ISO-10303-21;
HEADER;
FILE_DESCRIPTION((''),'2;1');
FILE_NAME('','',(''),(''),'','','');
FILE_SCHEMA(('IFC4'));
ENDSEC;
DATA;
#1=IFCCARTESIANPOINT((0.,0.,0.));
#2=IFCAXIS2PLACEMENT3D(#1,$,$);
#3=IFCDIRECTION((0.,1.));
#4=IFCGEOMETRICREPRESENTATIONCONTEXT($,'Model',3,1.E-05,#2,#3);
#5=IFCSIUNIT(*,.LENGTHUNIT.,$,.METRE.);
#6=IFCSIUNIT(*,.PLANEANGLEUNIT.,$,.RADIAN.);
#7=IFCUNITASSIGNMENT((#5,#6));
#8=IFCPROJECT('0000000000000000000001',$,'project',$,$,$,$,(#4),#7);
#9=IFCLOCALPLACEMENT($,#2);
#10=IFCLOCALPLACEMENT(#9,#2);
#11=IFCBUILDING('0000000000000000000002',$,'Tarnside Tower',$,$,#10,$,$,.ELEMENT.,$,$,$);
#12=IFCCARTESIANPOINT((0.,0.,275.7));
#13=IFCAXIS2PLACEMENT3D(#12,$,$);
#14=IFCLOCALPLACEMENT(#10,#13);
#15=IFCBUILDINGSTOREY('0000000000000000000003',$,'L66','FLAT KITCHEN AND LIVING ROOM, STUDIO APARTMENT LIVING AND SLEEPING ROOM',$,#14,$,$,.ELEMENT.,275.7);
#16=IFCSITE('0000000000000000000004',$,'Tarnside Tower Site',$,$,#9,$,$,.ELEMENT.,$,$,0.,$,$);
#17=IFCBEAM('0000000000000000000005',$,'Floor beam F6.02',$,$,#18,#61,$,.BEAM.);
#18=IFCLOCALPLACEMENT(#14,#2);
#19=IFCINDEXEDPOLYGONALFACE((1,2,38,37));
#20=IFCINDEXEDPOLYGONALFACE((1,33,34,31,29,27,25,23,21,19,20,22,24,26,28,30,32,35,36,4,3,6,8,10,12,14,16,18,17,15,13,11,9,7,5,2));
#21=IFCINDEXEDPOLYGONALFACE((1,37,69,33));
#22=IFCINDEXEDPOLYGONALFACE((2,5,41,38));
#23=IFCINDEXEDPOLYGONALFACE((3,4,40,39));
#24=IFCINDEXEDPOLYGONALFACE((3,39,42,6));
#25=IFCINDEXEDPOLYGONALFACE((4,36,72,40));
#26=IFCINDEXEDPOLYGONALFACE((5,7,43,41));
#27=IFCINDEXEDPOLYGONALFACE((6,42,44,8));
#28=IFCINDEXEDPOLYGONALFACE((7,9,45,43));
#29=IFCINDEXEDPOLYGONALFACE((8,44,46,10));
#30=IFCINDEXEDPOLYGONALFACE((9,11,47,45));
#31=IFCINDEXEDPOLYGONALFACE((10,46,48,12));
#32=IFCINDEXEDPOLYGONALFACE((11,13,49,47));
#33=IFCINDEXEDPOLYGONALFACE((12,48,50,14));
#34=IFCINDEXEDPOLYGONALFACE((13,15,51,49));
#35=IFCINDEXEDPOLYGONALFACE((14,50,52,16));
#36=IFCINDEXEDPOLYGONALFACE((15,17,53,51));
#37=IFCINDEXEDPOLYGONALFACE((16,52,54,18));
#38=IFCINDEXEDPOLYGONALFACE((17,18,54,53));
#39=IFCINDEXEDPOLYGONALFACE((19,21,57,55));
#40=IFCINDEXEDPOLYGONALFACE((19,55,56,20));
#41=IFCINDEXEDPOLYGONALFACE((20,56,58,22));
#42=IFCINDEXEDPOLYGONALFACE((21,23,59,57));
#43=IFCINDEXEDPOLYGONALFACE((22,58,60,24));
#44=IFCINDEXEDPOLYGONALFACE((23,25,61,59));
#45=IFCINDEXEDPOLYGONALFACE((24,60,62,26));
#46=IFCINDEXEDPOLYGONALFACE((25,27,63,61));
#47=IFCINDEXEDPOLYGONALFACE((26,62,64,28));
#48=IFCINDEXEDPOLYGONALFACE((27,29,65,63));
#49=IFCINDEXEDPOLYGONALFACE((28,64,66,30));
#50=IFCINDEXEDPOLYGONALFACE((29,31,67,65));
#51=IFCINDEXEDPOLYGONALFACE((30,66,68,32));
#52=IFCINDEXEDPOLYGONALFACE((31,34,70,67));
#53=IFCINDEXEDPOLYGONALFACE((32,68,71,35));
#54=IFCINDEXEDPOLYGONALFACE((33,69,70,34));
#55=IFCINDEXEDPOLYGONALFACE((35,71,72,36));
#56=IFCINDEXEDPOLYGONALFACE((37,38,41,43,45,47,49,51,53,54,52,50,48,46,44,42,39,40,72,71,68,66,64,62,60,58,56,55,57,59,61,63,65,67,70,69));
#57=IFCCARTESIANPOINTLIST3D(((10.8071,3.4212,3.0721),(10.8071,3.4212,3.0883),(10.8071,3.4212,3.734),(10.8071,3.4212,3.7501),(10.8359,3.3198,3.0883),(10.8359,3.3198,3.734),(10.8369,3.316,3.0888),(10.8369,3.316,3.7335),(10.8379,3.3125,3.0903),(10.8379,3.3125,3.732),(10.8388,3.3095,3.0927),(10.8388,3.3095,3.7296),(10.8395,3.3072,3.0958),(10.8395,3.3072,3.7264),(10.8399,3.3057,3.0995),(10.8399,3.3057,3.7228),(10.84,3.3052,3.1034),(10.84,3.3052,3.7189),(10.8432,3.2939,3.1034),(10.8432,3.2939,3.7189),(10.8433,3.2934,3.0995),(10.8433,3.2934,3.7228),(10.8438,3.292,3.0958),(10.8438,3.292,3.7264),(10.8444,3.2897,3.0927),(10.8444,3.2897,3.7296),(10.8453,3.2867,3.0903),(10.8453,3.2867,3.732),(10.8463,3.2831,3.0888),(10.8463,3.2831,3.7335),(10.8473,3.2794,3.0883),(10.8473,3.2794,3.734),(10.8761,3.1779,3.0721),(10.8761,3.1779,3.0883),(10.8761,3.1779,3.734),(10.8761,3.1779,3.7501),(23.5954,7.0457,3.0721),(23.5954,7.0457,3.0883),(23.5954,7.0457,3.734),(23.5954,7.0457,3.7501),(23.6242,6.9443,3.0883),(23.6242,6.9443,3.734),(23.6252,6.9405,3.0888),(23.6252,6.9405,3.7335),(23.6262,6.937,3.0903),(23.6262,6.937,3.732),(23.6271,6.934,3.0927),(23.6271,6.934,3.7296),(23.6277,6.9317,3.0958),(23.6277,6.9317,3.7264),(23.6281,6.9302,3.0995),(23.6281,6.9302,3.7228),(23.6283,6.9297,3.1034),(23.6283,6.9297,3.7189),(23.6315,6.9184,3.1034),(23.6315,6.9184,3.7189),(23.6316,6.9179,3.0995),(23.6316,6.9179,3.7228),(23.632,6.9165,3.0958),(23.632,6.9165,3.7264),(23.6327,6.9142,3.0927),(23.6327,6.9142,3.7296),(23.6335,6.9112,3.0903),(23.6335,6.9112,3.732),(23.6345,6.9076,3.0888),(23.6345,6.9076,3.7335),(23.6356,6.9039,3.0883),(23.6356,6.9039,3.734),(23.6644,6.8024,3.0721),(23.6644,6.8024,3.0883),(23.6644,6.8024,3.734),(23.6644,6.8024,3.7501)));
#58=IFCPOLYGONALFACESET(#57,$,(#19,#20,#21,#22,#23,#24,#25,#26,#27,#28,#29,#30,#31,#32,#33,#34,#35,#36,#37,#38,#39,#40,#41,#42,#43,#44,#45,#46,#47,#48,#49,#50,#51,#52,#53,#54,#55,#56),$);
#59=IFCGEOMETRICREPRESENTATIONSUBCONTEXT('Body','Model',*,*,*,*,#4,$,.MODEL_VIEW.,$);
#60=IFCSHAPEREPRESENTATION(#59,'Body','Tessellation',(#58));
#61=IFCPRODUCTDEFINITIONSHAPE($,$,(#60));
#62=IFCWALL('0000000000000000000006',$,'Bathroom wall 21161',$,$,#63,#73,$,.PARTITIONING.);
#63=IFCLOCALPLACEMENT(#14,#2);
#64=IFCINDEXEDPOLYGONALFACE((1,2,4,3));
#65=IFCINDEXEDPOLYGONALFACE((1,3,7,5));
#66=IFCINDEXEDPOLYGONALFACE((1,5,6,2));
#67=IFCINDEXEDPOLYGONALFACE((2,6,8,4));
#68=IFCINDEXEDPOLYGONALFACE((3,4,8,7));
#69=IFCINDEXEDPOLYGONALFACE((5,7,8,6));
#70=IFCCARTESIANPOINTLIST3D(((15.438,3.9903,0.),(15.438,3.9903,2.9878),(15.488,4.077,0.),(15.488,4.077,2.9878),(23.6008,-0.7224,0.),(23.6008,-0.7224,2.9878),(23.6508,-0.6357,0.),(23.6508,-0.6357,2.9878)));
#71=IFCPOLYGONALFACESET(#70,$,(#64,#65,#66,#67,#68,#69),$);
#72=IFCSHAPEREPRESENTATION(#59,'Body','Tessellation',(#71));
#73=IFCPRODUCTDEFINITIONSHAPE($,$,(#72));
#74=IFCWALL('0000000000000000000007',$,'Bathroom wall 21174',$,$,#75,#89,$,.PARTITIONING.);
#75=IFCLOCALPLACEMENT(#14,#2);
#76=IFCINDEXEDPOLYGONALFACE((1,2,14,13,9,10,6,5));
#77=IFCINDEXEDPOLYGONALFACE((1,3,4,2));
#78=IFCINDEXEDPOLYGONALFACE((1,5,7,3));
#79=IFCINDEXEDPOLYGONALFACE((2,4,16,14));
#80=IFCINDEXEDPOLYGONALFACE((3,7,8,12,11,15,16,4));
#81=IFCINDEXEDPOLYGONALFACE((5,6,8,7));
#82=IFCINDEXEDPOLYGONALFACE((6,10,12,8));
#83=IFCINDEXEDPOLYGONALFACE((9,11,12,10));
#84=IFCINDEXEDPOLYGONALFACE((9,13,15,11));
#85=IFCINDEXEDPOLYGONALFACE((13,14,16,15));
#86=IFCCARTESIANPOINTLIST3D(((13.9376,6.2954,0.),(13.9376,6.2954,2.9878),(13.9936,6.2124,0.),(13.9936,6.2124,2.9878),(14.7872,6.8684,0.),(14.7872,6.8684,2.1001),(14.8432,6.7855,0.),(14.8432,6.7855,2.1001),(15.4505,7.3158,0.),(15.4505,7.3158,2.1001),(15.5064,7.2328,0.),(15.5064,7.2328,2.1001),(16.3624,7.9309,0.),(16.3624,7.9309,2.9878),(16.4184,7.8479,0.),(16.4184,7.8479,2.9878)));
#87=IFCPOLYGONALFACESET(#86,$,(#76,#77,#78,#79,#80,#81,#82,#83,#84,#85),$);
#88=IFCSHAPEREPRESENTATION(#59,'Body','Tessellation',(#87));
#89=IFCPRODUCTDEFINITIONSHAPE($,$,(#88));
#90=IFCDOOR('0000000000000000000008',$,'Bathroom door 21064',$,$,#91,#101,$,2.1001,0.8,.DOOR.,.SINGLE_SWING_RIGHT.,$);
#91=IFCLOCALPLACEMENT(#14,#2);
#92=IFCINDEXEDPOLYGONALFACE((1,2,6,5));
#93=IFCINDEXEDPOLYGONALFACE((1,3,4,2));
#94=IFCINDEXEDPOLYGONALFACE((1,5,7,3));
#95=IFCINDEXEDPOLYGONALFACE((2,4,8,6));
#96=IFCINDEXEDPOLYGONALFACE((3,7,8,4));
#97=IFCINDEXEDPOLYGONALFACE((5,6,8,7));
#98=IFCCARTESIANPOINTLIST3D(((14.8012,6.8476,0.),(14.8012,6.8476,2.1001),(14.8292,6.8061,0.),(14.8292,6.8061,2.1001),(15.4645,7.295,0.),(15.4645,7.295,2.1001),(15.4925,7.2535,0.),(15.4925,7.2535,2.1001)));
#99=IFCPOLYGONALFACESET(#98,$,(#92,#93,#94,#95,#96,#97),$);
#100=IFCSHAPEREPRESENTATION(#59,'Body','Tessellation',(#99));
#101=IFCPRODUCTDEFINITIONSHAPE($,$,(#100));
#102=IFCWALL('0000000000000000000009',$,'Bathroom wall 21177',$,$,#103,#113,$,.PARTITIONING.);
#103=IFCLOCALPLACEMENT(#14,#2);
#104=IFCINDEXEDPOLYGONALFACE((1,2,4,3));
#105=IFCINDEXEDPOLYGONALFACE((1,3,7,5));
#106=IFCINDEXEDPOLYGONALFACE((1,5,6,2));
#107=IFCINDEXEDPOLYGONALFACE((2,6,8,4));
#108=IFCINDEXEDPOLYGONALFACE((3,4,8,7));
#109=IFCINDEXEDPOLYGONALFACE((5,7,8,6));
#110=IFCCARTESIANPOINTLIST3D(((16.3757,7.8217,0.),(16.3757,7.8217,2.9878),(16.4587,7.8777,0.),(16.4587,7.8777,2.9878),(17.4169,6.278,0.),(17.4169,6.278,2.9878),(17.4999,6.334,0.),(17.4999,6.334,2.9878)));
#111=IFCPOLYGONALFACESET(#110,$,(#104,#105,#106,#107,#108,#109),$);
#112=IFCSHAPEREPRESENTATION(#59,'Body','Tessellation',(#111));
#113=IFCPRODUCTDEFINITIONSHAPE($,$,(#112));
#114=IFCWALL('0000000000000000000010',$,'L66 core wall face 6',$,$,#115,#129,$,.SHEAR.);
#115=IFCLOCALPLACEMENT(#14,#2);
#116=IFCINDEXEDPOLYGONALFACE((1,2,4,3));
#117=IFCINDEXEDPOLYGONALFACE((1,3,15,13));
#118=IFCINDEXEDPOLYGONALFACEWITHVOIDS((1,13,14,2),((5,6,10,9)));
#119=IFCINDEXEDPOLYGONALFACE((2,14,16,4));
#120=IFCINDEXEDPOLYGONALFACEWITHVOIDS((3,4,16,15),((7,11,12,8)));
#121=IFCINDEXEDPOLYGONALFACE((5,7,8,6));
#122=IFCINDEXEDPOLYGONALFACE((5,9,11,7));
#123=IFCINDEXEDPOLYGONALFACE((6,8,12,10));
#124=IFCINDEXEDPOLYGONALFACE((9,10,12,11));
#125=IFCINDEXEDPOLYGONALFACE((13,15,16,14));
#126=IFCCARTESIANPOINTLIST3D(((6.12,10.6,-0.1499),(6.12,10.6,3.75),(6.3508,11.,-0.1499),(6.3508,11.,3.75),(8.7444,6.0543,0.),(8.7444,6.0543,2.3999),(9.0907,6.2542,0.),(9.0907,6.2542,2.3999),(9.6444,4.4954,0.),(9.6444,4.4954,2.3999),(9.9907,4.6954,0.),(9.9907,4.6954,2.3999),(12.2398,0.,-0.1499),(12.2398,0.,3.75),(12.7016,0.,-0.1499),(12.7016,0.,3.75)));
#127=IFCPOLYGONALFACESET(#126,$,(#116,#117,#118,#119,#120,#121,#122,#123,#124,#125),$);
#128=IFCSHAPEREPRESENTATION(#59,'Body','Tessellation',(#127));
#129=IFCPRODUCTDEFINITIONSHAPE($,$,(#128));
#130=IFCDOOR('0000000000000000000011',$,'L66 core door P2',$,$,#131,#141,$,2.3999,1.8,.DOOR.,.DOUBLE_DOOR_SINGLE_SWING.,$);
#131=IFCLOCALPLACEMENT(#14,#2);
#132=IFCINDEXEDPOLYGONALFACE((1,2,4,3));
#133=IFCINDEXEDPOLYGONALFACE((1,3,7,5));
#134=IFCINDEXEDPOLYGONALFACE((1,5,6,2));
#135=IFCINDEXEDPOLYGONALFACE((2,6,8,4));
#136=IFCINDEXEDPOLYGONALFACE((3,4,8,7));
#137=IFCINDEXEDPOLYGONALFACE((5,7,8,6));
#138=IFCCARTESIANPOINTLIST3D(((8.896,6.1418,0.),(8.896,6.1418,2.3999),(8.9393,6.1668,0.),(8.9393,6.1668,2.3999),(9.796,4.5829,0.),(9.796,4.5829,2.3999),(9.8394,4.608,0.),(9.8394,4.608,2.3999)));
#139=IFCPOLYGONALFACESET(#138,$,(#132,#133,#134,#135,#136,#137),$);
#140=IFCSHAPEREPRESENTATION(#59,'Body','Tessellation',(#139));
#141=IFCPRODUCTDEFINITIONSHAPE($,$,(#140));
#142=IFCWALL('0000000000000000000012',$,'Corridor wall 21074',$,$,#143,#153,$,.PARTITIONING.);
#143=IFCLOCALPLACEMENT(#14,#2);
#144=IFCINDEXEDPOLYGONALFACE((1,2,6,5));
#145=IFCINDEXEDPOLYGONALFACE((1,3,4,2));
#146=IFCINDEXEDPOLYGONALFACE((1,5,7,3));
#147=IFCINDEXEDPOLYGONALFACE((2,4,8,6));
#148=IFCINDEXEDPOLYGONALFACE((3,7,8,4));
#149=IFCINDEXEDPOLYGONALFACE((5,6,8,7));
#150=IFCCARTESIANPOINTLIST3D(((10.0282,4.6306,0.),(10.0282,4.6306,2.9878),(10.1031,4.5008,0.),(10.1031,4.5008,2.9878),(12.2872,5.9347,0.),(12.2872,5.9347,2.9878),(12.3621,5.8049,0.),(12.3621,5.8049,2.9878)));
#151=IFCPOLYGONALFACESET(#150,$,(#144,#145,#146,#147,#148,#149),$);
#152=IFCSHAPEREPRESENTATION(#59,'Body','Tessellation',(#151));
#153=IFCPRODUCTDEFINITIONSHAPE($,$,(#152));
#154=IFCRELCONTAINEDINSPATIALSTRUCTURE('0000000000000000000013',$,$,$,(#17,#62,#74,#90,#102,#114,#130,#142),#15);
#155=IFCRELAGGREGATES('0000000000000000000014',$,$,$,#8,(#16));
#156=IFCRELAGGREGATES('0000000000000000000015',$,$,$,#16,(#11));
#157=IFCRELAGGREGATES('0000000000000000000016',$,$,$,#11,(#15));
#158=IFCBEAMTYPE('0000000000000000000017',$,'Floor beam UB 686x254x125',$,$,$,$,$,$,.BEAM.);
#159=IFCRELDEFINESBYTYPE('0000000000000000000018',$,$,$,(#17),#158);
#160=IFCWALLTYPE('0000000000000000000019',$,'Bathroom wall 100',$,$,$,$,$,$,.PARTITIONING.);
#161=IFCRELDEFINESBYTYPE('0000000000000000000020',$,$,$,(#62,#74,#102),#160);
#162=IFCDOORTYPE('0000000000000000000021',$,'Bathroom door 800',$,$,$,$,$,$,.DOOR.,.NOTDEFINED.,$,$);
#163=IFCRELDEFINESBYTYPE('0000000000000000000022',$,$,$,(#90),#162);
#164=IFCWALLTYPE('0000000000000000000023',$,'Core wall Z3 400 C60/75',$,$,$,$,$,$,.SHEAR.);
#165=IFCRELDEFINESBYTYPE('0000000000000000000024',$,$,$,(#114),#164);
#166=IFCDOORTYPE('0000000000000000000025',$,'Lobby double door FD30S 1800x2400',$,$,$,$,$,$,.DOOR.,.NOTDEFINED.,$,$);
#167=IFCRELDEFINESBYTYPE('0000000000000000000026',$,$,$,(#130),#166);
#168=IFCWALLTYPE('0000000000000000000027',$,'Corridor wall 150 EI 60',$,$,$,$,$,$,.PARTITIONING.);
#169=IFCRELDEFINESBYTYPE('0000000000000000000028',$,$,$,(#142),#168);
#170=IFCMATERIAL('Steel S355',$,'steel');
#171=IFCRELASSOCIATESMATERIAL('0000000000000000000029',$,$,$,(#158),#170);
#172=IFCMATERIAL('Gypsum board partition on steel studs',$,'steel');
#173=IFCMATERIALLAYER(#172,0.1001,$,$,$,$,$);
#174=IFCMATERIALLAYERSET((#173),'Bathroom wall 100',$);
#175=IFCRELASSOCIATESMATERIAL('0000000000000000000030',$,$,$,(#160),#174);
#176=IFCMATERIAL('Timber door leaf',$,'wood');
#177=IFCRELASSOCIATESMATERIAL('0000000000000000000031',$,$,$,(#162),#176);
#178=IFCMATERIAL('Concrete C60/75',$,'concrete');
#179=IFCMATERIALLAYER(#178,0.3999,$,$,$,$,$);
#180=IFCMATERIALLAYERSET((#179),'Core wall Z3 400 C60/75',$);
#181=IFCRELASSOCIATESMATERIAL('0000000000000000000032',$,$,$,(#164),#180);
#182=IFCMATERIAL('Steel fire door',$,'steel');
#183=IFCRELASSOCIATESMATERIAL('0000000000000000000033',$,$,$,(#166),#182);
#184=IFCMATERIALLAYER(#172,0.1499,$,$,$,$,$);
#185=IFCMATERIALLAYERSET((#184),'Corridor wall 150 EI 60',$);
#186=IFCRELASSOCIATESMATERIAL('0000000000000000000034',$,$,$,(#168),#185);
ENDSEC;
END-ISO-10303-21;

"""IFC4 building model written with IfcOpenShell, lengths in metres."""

from ifc_helpers import new_model, si_unit, direction, frame, frame_2d, origin, origin_2d, place, context, subcontext, project, spatial, polyline, rectangle, i_section, outline, extrude, material, layer, layer_set, material_profile, profile_set, type_object, element, fill, save


model = new_model("IFC4")

# Units and contexts
model_context = context("Model", 3, precision=1e-05, world=origin(), true_north=direction((0.0, 1.0)))
body_context = subcontext(model_context, "Body", "Model", "MODEL_VIEW")
ifc_project = project(units=[si_unit("LENGTHUNIT", "METRE"), si_unit("PLANEANGLEUNIT", "RADIAN")], contexts=[model_context])

# Site, building, storey
site_placement = place(None, origin())
site = spatial("IfcSite", under=ifc_project, at=site_placement, Name="Tarnside Tower Site", CompositionType="ELEMENT", RefElevation=0.0)
building_placement = place(site_placement, origin())
building = spatial("IfcBuilding", under=site, at=building_placement, Name="Tarnside Tower", CompositionType="ELEMENT")
storey_placement = place(building_placement, frame((0.0, 0.0, 275.7)))
storey = spatial("IfcBuildingStorey", under=building, at=storey_placement, Name="L66", Description="FLAT KITCHEN AND LIVING ROOM, STUDIO APARTMENT LIVING AND SLEEPING ROOM", CompositionType="ELEMENT", Elevation=275.7)

# Beam
ifc_material_1 = material(Name="Steel S355", Category="steel")
ifc_material_profile = material_profile(ifc_material_1, i_section(OverallWidth=0.2529, OverallDepth=0.678, WebThickness=0.0117, FlangeThickness=0.0161, FilletRadius=0.0151, at=origin_2d()), Name="UB 686x254x125")
ifc_profile_set = profile_set([ifc_material_profile], Name="Steel S355")
beam_type = type_object("IfcBeamType", Name="Floor beam UB 686x254x125", PredefinedType="BEAM", material=ifc_profile_set)
beam_placement = place(storey_placement, frame((23.6299, 6.9241, 3.4111), z_axis=(-0.962104, -0.272683, 0.0), x_axis=(0.272683, -0.962104, 0.0)))
element("IfcBeam", 1, at=beam_placement, inside=storey, type_object=beam_type, Name="Floor beam F6.02", PredefinedType="BEAM", context=body_context, shape_type="SweptSolid", body=[
    extrude(i_section(OverallWidth=0.2529, OverallDepth=0.678, WebThickness=0.0117, FlangeThickness=0.0161, FilletRadius=0.0151, at=origin_2d()), origin(), (0.0, 0.0, 1.0), 13.292),
])

# Wall
ifc_material_2 = material(Name="Gypsum board partition on steel studs", Category="steel")
ifc_layer_1 = layer(ifc_material_2, 0.1001)
ifc_layer_set_1 = layer_set([ifc_layer_1], Name="Bathroom wall 100")
wall_type_1 = type_object("IfcWallType", Name="Bathroom wall 100", PredefinedType="PARTITIONING", material=ifc_layer_set_1)
wall_1_placement = place(storey_placement, frame((15.4629, 4.0337, 0.0), z_axis=(0.0, 0.0, 1.0), x_axis=(0.866033, -0.499986, 0.0)))
element("IfcWall", 2, at=wall_1_placement, inside=storey, type_object=wall_type_1, Name="Bathroom wall 21161", PredefinedType="PARTITIONING", context=body_context, shape_type="SweptSolid", body=[
    extrude(rectangle(XDim=9.4255, YDim=0.1001, at=frame_2d((4.7129, 0.0))), origin(), (0.0, 0.0, 1.0), 2.9878),
])

# Wall, opening, door
wall_2_placement = place(storey_placement, frame((13.9656, 6.2539, 0.0), z_axis=(0.0, 0.0, 1.0), x_axis=(0.829046, 0.55918, 0.0)))
wall_2 = element("IfcWall", 3, at=wall_2_placement, inside=storey, type_object=wall_type_1, Name="Bathroom wall 21174", PredefinedType="PARTITIONING", context=body_context, shape_type="SweptSolid", body=[
    extrude(rectangle(XDim=2.9248, YDim=0.1001, at=frame_2d((1.4624, 0.0))), origin(), (0.0, 0.0, 1.0), 2.9878),
])
opening_1_placement = place(wall_2_placement, frame((1.0249, 0.0, 0.0)))
opening_1 = element("IfcOpeningElement", 4, at=opening_1_placement, cuts=wall_2, PredefinedType="OPENING", context=body_context, shape_type="SweptSolid", body=[
    extrude(rectangle(XDim=0.8, YDim=2.1001, at=frame_2d((0.3999, 1.05))), frame((0.0, 0.0601, 0.0), z_axis=(0.0, -1.0, 0.0), x_axis=(1.0, 0.0, 0.0)), (0.0, 0.0, 1.0), 0.1201),
])
ifc_material_3 = material(Name="Timber door leaf", Category="wood")
door_type_1 = type_object("IfcDoorType", Name="Bathroom door 800", OperationType="NOTDEFINED", PredefinedType="DOOR", material=ifc_material_3)
door_1_placement = place(opening_1_placement, origin())
door_1 = element("IfcDoor", 5, at=door_1_placement, inside=storey, type_object=door_type_1, Name="Bathroom door 21064", OperationType="SINGLE_SWING_RIGHT", OverallHeight=2.1001, OverallWidth=0.8, PredefinedType="DOOR", context=body_context, shape_type="SweptSolid", body=[
    extrude(rectangle(XDim=0.8, YDim=2.1001, at=frame_2d((0.3999, 1.05))), frame((0.0, 0.0249, 0.0), z_axis=(0.0, -1.0, 0.0), x_axis=(1.0, 0.0, 0.0)), (0.0, 0.0, 1.0), 0.05),
])
fill(opening_1, door_1)

# Wall
wall_3_placement = place(storey_placement, frame((17.4585, 6.3059, 0.0), z_axis=(0.0, 0.0, 1.0), x_axis=(-0.5592, 0.829033, 0.0)))
element("IfcWall", 6, at=wall_3_placement, inside=storey, type_object=wall_type_1, Name="Bathroom wall 21177", PredefinedType="PARTITIONING", context=body_context, shape_type="SweptSolid", body=[
    extrude(rectangle(XDim=1.8621, YDim=0.1001, at=frame_2d((0.9312, 0.0))), origin(), (0.0, 0.0, 1.0), 2.9878),
])

# Wall, opening, door
ifc_material_4 = material(Name="Concrete C60/75", Category="concrete")
ifc_layer_2 = layer(ifc_material_4, 0.3999)
ifc_layer_set_2 = layer_set([ifc_layer_2], Name="Core wall Z3 400 C60/75")
wall_type_2 = type_object("IfcWallType", Name="Core wall Z3 400 C60/75", PredefinedType="SHEAR", material=ifc_layer_set_2)
wall_4_placement = place(storey_placement, frame((12.4707, 0.0, -0.1499), z_axis=(0.0, 0.0, 1.0), x_axis=(-0.499996, 0.866027, 0.0)))
wall_4 = element("IfcWall", 7, at=wall_4_placement, inside=storey, type_object=wall_type_2, Name="L66 core wall face 6", PredefinedType="SHEAR", context=body_context, shape_type="SweptSolid", body=[
    extrude(outline(polyline([(-0.1155, -0.2), (12.5862, -0.2), (12.3552, 0.2), (0.1155, 0.2), (-0.1155, -0.2)])), origin(), (0.0, 0.0, 1.0), 3.8999),
])
opening_2_placement = place(wall_4_placement, frame((5.3064, 0.0, 0.1499)))
opening_2 = element("IfcOpeningElement", 8, at=opening_2_placement, cuts=wall_4, PredefinedType="OPENING", context=body_context, shape_type="SweptSolid", body=[
    extrude(rectangle(XDim=1.8, YDim=2.3999, at=frame_2d((0.8999, 1.2))), frame((0.0, 0.21, 0.0), z_axis=(0.0, -1.0, 0.0), x_axis=(1.0, 0.0, 0.0)), (0.0, 0.0, 1.0), 0.4199),
])
ifc_material_5 = material(Name="Steel fire door", Category="steel")
door_type_2 = type_object("IfcDoorType", Name="Lobby double door FD30S 1800x2400", OperationType="NOTDEFINED", PredefinedType="DOOR", material=ifc_material_5)
door_2_placement = place(opening_2_placement, origin())
door_2 = element("IfcDoor", 9, at=door_2_placement, inside=storey, type_object=door_type_2, Name="L66 core door P2", OperationType="DOUBLE_DOOR_SINGLE_SWING", OverallHeight=2.3999, OverallWidth=1.8, PredefinedType="DOOR", context=body_context, shape_type="SweptSolid", body=[
    extrude(rectangle(XDim=1.8, YDim=2.3999, at=frame_2d((0.8999, 1.2))), frame((0.0, 0.0249, 0.0), z_axis=(0.0, -1.0, 0.0), x_axis=(1.0, 0.0, 0.0)), (0.0, 0.0, 1.0), 0.05),
])
fill(opening_2, door_2)

# Wall
ifc_layer_3 = layer(ifc_material_2, 0.1499)
ifc_layer_set_3 = layer_set([ifc_layer_3], Name="Corridor wall 150 EI 60")
wall_type_3 = type_object("IfcWallType", Name="Corridor wall 150 EI 60", PredefinedType="PARTITIONING", material=ifc_layer_set_3)
wall_5_placement = place(storey_placement, frame((10.0657, 4.5657, 0.0), z_axis=(0.0, 0.0, 1.0), x_axis=(0.866034, 0.499984, 0.0)))
element("IfcWall", 10, at=wall_5_placement, inside=storey, type_object=wall_type_3, Name="Corridor wall 21074", PredefinedType="PARTITIONING", context=body_context, shape_type="SweptSolid", body=[
    extrude(rectangle(XDim=2.6084, YDim=0.1499, at=frame_2d((1.3042, 0.0))), origin(), (0.0, 0.0, 1.0), 2.9878),
])

save(model, "model.ifc")
